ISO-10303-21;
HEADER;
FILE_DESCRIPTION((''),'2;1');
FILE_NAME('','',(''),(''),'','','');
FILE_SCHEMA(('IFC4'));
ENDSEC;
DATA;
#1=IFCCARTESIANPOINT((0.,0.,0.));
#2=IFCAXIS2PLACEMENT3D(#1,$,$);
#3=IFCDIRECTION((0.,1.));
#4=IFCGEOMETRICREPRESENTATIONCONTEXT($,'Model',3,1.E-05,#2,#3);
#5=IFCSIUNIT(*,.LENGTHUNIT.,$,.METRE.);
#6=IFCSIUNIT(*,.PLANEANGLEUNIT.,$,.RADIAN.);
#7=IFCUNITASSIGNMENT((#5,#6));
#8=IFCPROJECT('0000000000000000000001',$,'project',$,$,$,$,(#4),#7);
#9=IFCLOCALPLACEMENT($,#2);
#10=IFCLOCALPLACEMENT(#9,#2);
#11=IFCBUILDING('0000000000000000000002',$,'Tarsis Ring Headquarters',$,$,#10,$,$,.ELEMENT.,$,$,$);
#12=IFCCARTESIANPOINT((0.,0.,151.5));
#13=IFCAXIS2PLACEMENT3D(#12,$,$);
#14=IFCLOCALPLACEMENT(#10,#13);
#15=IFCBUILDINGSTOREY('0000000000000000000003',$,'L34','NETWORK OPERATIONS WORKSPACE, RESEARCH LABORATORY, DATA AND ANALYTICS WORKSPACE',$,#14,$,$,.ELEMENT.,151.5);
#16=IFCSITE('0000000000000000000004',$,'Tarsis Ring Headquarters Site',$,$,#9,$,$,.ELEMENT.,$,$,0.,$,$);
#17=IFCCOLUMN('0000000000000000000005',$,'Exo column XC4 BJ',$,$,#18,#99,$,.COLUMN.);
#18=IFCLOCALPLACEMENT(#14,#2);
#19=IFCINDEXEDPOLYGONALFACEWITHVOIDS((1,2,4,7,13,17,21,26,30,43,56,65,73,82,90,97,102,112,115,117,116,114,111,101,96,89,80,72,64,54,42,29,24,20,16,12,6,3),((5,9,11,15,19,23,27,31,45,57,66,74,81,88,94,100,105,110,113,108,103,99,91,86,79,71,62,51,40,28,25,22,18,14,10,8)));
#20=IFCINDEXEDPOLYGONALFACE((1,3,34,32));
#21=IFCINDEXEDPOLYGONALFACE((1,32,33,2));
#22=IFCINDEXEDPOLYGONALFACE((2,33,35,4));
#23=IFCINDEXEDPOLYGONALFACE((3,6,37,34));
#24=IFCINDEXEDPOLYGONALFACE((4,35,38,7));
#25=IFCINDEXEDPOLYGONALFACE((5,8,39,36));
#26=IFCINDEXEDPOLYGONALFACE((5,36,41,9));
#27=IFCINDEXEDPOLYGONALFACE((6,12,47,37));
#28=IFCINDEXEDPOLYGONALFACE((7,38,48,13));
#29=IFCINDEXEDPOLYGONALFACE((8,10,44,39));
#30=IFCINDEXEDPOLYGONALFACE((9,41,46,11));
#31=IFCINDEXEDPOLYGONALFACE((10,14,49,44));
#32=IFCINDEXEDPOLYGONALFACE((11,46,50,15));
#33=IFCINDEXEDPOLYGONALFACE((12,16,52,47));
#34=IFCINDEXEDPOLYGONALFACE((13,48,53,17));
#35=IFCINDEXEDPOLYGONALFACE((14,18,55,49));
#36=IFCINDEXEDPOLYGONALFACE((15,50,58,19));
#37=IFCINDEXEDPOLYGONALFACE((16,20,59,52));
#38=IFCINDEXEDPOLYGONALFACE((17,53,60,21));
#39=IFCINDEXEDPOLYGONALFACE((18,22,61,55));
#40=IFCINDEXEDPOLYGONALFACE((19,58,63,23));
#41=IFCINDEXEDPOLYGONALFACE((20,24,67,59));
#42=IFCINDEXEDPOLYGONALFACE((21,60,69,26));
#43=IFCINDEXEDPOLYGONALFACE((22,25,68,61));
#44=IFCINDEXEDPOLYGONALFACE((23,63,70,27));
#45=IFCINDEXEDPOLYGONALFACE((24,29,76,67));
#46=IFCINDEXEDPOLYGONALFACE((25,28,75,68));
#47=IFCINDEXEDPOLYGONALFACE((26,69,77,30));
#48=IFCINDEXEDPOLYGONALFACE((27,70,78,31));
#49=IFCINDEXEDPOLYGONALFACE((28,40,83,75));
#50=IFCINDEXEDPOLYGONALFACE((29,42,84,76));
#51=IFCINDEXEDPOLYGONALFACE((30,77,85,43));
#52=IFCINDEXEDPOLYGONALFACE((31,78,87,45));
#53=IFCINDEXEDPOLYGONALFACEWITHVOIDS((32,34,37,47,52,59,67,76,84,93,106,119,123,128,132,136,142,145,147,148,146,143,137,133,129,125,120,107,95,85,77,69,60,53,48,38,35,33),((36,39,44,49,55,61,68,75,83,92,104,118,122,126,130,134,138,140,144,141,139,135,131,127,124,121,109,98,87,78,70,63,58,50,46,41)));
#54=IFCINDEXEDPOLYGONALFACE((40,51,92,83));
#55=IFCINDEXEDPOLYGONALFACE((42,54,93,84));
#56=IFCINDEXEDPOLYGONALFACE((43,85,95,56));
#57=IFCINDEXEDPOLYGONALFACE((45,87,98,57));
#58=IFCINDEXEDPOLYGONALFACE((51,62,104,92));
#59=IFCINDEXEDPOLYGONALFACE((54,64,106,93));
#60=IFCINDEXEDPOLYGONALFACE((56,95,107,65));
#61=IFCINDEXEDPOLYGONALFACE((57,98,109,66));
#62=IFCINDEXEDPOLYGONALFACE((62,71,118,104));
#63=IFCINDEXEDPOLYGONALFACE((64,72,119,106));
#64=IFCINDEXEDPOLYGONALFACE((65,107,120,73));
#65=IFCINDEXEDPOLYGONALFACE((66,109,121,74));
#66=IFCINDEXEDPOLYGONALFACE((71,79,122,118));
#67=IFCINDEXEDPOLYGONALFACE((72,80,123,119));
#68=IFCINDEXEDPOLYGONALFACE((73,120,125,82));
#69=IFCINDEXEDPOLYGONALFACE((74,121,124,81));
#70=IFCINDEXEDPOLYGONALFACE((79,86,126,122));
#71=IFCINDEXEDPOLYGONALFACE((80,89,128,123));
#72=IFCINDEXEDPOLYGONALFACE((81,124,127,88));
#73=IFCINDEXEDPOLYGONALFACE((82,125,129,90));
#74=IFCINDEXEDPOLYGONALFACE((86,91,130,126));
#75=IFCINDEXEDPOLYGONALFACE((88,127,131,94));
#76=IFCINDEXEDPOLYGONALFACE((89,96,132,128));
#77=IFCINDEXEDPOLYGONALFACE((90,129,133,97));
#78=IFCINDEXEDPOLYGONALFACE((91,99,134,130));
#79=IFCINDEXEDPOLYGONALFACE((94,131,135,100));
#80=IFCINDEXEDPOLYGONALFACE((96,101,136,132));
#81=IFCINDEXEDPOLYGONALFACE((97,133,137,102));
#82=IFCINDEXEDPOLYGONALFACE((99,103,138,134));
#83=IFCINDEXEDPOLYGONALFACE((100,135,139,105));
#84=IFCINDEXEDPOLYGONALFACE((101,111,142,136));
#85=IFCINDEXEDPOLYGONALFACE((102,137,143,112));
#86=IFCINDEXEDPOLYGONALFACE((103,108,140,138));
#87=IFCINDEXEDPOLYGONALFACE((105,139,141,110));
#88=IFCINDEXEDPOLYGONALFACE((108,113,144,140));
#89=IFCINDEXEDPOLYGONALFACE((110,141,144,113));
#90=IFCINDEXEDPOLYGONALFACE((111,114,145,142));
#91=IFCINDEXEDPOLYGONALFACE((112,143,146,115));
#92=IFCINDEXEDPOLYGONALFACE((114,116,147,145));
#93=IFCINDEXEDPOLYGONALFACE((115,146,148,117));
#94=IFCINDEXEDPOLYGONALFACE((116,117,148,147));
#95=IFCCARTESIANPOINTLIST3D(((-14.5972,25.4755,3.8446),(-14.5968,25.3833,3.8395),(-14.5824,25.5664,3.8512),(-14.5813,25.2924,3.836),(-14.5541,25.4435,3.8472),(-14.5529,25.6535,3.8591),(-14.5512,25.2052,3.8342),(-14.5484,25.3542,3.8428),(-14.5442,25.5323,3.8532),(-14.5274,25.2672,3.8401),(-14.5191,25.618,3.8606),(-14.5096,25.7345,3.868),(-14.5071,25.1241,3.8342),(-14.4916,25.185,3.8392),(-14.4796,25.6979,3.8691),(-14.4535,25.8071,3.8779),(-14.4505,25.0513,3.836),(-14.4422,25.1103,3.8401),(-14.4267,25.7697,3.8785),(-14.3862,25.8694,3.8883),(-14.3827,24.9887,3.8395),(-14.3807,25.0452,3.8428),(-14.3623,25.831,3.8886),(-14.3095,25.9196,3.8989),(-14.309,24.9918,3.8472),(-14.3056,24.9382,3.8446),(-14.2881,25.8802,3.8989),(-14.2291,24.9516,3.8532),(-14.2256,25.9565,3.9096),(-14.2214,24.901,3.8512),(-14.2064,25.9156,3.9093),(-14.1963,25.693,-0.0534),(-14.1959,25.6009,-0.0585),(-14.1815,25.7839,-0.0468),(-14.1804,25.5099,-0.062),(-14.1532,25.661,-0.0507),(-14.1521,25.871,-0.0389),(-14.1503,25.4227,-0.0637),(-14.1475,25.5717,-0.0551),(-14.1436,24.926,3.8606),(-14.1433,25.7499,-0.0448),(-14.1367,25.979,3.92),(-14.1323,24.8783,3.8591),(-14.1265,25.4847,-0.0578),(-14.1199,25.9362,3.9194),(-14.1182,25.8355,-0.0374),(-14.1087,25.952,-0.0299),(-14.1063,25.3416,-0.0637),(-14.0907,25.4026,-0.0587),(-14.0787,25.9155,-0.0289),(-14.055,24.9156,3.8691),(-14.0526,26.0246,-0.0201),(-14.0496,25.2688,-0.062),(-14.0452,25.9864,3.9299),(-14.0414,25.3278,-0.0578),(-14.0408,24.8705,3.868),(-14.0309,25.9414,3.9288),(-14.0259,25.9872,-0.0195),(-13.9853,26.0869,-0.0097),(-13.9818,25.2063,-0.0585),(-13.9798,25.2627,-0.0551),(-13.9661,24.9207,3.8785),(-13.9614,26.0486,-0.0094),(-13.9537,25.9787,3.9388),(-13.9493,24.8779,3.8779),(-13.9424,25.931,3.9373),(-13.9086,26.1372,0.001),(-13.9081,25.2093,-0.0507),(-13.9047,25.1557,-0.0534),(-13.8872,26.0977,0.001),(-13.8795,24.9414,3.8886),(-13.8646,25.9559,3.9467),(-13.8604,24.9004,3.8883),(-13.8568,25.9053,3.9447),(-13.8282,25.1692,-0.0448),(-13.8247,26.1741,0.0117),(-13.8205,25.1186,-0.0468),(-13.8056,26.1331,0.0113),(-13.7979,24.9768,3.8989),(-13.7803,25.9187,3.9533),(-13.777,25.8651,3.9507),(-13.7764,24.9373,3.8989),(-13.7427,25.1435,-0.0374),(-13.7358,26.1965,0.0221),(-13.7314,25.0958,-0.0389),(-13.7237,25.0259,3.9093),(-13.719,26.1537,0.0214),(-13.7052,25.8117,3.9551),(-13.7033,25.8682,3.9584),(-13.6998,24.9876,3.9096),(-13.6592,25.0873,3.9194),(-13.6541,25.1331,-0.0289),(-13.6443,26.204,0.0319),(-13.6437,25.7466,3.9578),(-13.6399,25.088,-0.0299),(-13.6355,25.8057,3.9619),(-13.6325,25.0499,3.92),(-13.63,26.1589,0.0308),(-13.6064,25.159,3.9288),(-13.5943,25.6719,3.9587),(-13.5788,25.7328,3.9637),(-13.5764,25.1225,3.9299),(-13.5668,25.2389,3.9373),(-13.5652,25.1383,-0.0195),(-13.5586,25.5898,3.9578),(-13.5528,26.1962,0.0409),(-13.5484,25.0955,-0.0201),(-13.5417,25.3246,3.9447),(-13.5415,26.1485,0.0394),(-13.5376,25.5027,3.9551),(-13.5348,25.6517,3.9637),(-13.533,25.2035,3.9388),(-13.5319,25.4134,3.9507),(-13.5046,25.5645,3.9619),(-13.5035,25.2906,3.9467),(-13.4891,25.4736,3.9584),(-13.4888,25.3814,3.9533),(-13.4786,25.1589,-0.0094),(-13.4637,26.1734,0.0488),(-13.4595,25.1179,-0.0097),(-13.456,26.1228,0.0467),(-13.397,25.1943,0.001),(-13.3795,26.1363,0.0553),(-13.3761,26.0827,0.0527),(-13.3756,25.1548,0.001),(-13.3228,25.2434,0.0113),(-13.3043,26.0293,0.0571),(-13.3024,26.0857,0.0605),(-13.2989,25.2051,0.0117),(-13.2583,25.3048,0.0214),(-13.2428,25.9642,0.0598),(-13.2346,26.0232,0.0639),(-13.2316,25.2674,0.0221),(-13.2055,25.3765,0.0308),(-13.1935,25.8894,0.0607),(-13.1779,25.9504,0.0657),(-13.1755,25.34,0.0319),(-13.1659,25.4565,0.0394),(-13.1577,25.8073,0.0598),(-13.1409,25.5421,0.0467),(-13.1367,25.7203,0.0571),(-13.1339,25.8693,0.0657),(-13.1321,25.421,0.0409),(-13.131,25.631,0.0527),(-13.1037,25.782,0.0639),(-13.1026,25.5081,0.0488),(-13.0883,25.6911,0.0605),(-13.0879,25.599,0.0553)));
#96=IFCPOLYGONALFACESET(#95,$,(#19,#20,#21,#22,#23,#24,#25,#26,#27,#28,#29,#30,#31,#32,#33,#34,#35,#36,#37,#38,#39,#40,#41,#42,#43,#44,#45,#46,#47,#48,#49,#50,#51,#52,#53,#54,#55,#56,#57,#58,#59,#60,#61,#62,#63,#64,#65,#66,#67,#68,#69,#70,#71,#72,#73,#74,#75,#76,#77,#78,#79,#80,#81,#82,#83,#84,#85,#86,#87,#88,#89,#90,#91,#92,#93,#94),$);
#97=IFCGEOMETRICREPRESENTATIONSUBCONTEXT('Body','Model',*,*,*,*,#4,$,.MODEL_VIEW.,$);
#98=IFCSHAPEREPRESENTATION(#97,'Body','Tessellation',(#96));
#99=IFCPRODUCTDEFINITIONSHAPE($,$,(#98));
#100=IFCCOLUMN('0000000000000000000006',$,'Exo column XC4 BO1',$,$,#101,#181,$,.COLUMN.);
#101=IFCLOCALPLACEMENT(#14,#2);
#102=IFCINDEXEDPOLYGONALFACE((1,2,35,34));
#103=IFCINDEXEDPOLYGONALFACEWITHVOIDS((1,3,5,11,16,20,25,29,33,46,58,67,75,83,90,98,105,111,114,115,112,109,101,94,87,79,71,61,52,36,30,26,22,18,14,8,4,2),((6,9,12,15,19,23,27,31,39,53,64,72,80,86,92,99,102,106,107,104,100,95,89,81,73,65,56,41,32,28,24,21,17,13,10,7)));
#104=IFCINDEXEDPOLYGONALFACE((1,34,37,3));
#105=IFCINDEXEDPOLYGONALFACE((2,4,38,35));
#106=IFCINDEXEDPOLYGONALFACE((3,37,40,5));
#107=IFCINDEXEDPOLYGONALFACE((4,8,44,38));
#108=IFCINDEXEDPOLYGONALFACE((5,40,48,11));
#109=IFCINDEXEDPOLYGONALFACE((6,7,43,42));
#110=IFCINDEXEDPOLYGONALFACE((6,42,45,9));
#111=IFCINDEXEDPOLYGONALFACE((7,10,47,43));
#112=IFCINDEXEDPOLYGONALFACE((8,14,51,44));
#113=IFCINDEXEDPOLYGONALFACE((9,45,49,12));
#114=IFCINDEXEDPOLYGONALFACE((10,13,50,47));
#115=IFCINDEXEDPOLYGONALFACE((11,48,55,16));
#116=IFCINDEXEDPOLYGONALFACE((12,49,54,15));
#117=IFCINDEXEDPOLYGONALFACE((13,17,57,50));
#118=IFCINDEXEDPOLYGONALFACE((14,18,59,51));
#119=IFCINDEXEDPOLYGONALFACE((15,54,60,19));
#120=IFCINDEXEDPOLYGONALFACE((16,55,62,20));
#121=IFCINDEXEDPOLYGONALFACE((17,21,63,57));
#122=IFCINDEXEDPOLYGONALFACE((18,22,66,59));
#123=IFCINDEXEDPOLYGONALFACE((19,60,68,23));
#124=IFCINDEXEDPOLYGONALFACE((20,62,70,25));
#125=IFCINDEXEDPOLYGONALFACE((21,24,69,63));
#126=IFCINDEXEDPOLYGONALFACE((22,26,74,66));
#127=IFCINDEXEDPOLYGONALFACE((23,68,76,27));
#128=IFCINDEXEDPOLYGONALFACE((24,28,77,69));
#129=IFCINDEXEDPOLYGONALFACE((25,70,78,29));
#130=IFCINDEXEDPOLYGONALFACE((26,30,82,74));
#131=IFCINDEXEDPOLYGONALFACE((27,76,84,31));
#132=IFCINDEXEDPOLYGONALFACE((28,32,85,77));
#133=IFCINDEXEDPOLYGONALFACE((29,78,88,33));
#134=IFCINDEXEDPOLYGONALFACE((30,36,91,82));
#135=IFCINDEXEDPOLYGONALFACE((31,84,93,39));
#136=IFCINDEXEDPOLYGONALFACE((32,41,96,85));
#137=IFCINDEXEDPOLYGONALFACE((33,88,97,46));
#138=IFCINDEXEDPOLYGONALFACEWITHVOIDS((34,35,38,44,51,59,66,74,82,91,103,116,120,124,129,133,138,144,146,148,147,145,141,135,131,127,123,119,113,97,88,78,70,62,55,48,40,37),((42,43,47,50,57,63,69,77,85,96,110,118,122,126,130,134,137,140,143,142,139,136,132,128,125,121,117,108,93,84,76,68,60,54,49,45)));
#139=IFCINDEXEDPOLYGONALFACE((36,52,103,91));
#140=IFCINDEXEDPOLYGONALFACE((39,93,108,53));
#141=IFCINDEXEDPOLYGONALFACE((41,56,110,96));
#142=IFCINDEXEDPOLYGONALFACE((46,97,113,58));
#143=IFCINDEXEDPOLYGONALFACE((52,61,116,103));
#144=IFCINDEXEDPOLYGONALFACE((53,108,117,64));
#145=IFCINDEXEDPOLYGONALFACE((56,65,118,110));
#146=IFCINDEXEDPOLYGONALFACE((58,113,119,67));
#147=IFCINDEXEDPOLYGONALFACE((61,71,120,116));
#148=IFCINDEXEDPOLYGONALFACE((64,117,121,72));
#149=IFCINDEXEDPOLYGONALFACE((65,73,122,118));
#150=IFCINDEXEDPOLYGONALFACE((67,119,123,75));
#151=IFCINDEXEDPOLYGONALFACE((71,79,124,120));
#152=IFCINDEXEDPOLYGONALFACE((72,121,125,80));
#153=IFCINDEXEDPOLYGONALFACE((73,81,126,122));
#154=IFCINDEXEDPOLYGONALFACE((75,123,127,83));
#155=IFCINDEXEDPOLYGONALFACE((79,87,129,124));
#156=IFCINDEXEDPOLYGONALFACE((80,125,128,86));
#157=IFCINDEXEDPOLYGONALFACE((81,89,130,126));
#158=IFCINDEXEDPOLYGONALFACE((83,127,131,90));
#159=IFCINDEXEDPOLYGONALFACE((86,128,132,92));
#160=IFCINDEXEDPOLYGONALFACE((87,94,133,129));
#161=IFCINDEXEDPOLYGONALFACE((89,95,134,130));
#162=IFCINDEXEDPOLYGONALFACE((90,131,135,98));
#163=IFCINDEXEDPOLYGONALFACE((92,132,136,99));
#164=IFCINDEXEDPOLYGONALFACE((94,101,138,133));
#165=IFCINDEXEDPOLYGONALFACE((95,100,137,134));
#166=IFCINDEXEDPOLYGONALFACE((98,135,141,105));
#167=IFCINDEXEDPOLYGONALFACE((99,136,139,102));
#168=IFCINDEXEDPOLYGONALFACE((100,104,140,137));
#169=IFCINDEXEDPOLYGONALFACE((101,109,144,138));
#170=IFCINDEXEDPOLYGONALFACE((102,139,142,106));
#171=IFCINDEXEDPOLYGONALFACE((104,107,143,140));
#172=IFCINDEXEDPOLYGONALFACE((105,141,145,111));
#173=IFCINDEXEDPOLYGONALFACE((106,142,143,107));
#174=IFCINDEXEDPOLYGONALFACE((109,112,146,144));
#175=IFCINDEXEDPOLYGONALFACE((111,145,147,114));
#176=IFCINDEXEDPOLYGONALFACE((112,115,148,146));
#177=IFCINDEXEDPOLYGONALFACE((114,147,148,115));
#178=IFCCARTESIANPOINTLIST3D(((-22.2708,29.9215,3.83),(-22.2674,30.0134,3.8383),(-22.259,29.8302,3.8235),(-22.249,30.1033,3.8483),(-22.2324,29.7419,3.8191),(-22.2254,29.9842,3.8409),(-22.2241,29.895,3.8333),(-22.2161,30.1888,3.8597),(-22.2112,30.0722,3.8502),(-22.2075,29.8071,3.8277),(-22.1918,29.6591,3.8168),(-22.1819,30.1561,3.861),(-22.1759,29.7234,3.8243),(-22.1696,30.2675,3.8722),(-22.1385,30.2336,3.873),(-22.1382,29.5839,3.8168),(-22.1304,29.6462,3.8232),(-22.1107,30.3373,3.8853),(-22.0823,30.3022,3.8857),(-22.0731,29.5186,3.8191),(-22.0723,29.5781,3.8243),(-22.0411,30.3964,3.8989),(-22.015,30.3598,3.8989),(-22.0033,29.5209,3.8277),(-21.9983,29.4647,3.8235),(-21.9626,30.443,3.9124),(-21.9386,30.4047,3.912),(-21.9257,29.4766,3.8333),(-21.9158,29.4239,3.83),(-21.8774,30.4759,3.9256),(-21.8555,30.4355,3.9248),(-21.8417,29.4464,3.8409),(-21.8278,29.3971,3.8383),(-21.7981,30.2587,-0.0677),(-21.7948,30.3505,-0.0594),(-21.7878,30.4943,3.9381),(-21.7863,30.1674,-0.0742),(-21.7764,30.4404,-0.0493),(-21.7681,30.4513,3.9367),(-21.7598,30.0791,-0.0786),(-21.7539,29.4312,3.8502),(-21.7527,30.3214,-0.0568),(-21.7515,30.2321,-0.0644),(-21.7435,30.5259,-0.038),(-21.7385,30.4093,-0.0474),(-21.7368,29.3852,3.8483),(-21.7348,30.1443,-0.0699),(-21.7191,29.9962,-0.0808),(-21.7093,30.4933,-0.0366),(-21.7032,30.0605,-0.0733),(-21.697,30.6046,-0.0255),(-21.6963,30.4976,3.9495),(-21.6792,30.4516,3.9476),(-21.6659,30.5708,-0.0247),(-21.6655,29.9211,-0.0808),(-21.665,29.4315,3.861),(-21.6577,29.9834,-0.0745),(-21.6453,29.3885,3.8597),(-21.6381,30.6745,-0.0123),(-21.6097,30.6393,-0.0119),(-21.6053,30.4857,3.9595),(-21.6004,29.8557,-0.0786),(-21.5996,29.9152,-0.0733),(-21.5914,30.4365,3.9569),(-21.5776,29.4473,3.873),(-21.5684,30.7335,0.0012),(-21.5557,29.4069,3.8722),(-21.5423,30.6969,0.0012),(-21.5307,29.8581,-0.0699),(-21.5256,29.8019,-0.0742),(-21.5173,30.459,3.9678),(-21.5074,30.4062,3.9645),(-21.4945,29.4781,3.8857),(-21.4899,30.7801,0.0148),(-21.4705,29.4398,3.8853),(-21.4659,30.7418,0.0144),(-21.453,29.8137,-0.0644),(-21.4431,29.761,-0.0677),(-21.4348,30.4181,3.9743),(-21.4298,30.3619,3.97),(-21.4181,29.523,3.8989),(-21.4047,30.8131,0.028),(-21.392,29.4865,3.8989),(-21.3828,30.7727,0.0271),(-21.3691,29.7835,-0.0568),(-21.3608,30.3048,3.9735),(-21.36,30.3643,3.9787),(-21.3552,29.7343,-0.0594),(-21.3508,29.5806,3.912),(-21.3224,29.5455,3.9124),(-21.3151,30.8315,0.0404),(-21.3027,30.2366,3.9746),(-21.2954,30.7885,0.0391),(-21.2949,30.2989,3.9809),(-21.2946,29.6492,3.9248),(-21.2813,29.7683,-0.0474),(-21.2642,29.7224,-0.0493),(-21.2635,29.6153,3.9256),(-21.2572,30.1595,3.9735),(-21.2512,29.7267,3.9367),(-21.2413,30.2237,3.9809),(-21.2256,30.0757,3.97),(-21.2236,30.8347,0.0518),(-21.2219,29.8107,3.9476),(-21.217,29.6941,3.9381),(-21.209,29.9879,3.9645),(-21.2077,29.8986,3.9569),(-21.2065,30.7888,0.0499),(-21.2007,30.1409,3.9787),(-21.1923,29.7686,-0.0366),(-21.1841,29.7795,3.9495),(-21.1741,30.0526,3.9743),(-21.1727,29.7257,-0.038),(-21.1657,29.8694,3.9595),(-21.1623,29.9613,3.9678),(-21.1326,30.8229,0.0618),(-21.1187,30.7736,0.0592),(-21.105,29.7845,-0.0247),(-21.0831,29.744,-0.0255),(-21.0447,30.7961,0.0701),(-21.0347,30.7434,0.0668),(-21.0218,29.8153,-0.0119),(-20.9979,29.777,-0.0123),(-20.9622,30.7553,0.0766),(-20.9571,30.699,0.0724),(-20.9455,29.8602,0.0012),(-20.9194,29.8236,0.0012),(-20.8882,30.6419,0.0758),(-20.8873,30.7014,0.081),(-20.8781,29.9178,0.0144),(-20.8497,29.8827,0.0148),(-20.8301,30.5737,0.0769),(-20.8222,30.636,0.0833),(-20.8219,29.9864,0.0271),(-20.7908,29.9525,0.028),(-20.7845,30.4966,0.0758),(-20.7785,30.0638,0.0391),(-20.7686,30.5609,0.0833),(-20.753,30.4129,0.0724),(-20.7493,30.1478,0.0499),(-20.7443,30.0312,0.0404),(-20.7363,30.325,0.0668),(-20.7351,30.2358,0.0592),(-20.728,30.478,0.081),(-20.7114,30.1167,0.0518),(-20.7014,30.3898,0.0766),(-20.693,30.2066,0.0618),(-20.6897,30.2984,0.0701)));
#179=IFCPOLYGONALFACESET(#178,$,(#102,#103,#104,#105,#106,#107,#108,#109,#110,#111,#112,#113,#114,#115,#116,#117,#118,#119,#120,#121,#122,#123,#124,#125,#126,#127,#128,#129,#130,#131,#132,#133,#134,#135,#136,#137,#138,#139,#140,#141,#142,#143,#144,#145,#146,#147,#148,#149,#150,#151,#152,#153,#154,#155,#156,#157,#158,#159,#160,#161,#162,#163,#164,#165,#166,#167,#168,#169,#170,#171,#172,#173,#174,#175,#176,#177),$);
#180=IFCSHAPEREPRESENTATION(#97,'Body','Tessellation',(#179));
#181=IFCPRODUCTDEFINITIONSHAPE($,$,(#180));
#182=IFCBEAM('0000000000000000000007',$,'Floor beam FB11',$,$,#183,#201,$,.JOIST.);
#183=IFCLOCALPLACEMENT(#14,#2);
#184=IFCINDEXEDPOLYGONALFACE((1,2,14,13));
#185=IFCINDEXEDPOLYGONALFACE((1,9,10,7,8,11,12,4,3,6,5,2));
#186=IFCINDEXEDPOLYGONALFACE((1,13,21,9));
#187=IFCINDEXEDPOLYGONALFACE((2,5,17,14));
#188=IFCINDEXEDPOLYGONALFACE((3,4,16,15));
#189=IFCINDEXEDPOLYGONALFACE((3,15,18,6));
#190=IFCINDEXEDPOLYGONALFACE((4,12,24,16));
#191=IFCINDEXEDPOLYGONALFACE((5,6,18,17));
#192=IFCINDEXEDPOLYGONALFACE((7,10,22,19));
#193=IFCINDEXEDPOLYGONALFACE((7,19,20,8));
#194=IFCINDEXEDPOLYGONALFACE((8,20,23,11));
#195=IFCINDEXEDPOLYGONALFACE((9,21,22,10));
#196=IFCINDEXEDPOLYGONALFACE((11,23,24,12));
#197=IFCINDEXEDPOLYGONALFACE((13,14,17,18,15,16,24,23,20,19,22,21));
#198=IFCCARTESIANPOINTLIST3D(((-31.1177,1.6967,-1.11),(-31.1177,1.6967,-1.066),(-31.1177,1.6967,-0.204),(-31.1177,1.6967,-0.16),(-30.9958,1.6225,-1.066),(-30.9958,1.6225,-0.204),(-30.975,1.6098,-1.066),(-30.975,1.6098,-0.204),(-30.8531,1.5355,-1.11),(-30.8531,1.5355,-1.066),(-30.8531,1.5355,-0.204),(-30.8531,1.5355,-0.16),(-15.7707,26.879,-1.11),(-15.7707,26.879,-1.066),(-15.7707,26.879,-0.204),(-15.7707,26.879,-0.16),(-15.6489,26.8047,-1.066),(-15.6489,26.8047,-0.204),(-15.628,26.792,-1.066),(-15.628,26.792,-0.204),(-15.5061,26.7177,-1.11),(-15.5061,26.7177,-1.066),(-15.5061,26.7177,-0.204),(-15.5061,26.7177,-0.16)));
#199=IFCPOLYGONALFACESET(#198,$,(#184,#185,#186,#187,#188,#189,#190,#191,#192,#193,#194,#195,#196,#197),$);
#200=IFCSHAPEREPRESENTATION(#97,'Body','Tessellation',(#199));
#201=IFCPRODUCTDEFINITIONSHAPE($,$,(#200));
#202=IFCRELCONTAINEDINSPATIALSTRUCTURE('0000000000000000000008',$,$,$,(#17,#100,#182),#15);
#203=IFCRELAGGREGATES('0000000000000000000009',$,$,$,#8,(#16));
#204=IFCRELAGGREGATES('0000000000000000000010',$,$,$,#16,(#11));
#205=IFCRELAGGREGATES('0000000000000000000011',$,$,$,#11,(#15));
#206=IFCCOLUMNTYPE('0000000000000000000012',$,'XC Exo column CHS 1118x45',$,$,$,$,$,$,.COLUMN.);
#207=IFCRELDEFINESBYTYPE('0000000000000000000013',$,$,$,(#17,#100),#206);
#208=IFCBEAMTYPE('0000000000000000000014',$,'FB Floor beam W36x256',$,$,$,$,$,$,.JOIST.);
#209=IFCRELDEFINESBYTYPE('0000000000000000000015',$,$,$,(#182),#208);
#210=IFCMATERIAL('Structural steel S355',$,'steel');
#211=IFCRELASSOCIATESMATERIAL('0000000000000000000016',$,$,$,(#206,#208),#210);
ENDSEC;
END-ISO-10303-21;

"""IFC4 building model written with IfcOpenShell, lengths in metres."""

from ifc_helpers import new_model, si_unit, direction, frame, origin, origin_2d, place, context, subcontext, project, spatial, hollow_circle, i_section, extrude, material, material_profile, profile_set, type_object, element, save


model = new_model("IFC4")

# Units and contexts
model_context = context("Model", 3, precision=1e-05, world=origin(), true_north=direction((0.0, 1.0)))
body_context = subcontext(model_context, "Body", "Model", "MODEL_VIEW")
ifc_project = project(units=[si_unit("LENGTHUNIT", "METRE"), si_unit("PLANEANGLEUNIT", "RADIAN")], contexts=[model_context])

# Site, building, storey
site_placement = place(None, origin())
site = spatial("IfcSite", under=ifc_project, at=site_placement, Name="Tarsis Ring Headquarters Site", CompositionType="ELEMENT", RefElevation=0.0)
building_placement = place(site_placement, origin())
building = spatial("IfcBuilding", under=site, at=building_placement, Name="Tarsis Ring Headquarters", CompositionType="ELEMENT")
storey_placement = place(building_placement, frame((0.0, 0.0, 151.5)))
storey = spatial("IfcBuildingStorey", under=building, at=storey_placement, Name="L34", Description="NETWORK OPERATIONS WORKSPACE, RESEARCH LABORATORY, DATA AND ANALYTICS WORKSPACE", CompositionType="ELEMENT", Elevation=151.5)

# Columns
ifc_material_1 = material(Name="Structural steel S355", Category="steel")
ifc_material_profile_1 = material_profile(ifc_material_1, hollow_circle(Radius=0.5588, WallThickness=0.0449, at=origin_2d()), Name="CHS 1118x45")
ifc_profile_set_1 = profile_set([ifc_material_profile_1], Name="Structural steel S355")
column_type = type_object("IfcColumnType", Name="XC Exo column CHS 1118x45", PredefinedType="COLUMN", material=ifc_profile_set_1)
column_1_placement = place(storey_placement, frame((-13.6421, 25.646, 0.001), z_axis=(-0.102147, -0.055428, 0.993224), x_axis=(0.476938, -0.878937, 0.0)))
element("IfcColumn", 1, at=column_1_placement, inside=storey, type_object=column_type, Name="Exo column XC4 BJ", PredefinedType="COLUMN", context=body_context, shape_type="SweptSolid", body=[
    extrude(hollow_circle(Radius=0.5588, WallThickness=0.0449, at=origin_2d()), origin(), (0.0, 0.0, 1.0), 3.9246),
])
column_2_placement = place(storey_placement, frame((-21.2439, 30.2786, 0.0012), z_axis=(-0.119942, -0.085558, 0.989087), x_axis=(0.580721, -0.814103, 0.0)))
element("IfcColumn", 2, at=column_2_placement, inside=storey, type_object=column_type, Name="Exo column XC4 BO1", PredefinedType="COLUMN", context=body_context, shape_type="SweptSolid", body=[
    extrude(hollow_circle(Radius=0.5588, WallThickness=0.0449, at=origin_2d()), origin(), (0.0, 0.0, 1.0), 3.9407),
])

# Beam
ifc_material_profile_2 = material_profile(ifc_material_1, i_section(OverallWidth=0.3098, OverallDepth=0.95, WebThickness=0.0244, FlangeThickness=0.0439, at=origin_2d()), Name="W36x256")
ifc_profile_set_2 = profile_set([ifc_material_profile_2], Name="Structural steel S355")
beam_type_1 = type_object("IfcBeamType", Name="FB Floor beam W36x256", PredefinedType="JOIST", material=ifc_profile_set_2)
beam_1_placement = place(storey_placement, frame((-15.6384, 26.7983, -0.635), z_axis=(-0.520409, -0.853917, 0.0), x_axis=(0.853917, -0.520409, 0.0)))
element("IfcBeam", 3, at=beam_1_placement, inside=storey, type_object=beam_type_1, Name="Floor beam FB11", PredefinedType="JOIST", context=body_context, shape_type="SweptSolid", body=[
    extrude(i_section(OverallWidth=0.3098, OverallDepth=0.95, WebThickness=0.0244, FlangeThickness=0.0439, at=origin_2d()), origin(), (0.0, 0.0, 1.0), 29.4902),
])

save(model, "model.ifc")
